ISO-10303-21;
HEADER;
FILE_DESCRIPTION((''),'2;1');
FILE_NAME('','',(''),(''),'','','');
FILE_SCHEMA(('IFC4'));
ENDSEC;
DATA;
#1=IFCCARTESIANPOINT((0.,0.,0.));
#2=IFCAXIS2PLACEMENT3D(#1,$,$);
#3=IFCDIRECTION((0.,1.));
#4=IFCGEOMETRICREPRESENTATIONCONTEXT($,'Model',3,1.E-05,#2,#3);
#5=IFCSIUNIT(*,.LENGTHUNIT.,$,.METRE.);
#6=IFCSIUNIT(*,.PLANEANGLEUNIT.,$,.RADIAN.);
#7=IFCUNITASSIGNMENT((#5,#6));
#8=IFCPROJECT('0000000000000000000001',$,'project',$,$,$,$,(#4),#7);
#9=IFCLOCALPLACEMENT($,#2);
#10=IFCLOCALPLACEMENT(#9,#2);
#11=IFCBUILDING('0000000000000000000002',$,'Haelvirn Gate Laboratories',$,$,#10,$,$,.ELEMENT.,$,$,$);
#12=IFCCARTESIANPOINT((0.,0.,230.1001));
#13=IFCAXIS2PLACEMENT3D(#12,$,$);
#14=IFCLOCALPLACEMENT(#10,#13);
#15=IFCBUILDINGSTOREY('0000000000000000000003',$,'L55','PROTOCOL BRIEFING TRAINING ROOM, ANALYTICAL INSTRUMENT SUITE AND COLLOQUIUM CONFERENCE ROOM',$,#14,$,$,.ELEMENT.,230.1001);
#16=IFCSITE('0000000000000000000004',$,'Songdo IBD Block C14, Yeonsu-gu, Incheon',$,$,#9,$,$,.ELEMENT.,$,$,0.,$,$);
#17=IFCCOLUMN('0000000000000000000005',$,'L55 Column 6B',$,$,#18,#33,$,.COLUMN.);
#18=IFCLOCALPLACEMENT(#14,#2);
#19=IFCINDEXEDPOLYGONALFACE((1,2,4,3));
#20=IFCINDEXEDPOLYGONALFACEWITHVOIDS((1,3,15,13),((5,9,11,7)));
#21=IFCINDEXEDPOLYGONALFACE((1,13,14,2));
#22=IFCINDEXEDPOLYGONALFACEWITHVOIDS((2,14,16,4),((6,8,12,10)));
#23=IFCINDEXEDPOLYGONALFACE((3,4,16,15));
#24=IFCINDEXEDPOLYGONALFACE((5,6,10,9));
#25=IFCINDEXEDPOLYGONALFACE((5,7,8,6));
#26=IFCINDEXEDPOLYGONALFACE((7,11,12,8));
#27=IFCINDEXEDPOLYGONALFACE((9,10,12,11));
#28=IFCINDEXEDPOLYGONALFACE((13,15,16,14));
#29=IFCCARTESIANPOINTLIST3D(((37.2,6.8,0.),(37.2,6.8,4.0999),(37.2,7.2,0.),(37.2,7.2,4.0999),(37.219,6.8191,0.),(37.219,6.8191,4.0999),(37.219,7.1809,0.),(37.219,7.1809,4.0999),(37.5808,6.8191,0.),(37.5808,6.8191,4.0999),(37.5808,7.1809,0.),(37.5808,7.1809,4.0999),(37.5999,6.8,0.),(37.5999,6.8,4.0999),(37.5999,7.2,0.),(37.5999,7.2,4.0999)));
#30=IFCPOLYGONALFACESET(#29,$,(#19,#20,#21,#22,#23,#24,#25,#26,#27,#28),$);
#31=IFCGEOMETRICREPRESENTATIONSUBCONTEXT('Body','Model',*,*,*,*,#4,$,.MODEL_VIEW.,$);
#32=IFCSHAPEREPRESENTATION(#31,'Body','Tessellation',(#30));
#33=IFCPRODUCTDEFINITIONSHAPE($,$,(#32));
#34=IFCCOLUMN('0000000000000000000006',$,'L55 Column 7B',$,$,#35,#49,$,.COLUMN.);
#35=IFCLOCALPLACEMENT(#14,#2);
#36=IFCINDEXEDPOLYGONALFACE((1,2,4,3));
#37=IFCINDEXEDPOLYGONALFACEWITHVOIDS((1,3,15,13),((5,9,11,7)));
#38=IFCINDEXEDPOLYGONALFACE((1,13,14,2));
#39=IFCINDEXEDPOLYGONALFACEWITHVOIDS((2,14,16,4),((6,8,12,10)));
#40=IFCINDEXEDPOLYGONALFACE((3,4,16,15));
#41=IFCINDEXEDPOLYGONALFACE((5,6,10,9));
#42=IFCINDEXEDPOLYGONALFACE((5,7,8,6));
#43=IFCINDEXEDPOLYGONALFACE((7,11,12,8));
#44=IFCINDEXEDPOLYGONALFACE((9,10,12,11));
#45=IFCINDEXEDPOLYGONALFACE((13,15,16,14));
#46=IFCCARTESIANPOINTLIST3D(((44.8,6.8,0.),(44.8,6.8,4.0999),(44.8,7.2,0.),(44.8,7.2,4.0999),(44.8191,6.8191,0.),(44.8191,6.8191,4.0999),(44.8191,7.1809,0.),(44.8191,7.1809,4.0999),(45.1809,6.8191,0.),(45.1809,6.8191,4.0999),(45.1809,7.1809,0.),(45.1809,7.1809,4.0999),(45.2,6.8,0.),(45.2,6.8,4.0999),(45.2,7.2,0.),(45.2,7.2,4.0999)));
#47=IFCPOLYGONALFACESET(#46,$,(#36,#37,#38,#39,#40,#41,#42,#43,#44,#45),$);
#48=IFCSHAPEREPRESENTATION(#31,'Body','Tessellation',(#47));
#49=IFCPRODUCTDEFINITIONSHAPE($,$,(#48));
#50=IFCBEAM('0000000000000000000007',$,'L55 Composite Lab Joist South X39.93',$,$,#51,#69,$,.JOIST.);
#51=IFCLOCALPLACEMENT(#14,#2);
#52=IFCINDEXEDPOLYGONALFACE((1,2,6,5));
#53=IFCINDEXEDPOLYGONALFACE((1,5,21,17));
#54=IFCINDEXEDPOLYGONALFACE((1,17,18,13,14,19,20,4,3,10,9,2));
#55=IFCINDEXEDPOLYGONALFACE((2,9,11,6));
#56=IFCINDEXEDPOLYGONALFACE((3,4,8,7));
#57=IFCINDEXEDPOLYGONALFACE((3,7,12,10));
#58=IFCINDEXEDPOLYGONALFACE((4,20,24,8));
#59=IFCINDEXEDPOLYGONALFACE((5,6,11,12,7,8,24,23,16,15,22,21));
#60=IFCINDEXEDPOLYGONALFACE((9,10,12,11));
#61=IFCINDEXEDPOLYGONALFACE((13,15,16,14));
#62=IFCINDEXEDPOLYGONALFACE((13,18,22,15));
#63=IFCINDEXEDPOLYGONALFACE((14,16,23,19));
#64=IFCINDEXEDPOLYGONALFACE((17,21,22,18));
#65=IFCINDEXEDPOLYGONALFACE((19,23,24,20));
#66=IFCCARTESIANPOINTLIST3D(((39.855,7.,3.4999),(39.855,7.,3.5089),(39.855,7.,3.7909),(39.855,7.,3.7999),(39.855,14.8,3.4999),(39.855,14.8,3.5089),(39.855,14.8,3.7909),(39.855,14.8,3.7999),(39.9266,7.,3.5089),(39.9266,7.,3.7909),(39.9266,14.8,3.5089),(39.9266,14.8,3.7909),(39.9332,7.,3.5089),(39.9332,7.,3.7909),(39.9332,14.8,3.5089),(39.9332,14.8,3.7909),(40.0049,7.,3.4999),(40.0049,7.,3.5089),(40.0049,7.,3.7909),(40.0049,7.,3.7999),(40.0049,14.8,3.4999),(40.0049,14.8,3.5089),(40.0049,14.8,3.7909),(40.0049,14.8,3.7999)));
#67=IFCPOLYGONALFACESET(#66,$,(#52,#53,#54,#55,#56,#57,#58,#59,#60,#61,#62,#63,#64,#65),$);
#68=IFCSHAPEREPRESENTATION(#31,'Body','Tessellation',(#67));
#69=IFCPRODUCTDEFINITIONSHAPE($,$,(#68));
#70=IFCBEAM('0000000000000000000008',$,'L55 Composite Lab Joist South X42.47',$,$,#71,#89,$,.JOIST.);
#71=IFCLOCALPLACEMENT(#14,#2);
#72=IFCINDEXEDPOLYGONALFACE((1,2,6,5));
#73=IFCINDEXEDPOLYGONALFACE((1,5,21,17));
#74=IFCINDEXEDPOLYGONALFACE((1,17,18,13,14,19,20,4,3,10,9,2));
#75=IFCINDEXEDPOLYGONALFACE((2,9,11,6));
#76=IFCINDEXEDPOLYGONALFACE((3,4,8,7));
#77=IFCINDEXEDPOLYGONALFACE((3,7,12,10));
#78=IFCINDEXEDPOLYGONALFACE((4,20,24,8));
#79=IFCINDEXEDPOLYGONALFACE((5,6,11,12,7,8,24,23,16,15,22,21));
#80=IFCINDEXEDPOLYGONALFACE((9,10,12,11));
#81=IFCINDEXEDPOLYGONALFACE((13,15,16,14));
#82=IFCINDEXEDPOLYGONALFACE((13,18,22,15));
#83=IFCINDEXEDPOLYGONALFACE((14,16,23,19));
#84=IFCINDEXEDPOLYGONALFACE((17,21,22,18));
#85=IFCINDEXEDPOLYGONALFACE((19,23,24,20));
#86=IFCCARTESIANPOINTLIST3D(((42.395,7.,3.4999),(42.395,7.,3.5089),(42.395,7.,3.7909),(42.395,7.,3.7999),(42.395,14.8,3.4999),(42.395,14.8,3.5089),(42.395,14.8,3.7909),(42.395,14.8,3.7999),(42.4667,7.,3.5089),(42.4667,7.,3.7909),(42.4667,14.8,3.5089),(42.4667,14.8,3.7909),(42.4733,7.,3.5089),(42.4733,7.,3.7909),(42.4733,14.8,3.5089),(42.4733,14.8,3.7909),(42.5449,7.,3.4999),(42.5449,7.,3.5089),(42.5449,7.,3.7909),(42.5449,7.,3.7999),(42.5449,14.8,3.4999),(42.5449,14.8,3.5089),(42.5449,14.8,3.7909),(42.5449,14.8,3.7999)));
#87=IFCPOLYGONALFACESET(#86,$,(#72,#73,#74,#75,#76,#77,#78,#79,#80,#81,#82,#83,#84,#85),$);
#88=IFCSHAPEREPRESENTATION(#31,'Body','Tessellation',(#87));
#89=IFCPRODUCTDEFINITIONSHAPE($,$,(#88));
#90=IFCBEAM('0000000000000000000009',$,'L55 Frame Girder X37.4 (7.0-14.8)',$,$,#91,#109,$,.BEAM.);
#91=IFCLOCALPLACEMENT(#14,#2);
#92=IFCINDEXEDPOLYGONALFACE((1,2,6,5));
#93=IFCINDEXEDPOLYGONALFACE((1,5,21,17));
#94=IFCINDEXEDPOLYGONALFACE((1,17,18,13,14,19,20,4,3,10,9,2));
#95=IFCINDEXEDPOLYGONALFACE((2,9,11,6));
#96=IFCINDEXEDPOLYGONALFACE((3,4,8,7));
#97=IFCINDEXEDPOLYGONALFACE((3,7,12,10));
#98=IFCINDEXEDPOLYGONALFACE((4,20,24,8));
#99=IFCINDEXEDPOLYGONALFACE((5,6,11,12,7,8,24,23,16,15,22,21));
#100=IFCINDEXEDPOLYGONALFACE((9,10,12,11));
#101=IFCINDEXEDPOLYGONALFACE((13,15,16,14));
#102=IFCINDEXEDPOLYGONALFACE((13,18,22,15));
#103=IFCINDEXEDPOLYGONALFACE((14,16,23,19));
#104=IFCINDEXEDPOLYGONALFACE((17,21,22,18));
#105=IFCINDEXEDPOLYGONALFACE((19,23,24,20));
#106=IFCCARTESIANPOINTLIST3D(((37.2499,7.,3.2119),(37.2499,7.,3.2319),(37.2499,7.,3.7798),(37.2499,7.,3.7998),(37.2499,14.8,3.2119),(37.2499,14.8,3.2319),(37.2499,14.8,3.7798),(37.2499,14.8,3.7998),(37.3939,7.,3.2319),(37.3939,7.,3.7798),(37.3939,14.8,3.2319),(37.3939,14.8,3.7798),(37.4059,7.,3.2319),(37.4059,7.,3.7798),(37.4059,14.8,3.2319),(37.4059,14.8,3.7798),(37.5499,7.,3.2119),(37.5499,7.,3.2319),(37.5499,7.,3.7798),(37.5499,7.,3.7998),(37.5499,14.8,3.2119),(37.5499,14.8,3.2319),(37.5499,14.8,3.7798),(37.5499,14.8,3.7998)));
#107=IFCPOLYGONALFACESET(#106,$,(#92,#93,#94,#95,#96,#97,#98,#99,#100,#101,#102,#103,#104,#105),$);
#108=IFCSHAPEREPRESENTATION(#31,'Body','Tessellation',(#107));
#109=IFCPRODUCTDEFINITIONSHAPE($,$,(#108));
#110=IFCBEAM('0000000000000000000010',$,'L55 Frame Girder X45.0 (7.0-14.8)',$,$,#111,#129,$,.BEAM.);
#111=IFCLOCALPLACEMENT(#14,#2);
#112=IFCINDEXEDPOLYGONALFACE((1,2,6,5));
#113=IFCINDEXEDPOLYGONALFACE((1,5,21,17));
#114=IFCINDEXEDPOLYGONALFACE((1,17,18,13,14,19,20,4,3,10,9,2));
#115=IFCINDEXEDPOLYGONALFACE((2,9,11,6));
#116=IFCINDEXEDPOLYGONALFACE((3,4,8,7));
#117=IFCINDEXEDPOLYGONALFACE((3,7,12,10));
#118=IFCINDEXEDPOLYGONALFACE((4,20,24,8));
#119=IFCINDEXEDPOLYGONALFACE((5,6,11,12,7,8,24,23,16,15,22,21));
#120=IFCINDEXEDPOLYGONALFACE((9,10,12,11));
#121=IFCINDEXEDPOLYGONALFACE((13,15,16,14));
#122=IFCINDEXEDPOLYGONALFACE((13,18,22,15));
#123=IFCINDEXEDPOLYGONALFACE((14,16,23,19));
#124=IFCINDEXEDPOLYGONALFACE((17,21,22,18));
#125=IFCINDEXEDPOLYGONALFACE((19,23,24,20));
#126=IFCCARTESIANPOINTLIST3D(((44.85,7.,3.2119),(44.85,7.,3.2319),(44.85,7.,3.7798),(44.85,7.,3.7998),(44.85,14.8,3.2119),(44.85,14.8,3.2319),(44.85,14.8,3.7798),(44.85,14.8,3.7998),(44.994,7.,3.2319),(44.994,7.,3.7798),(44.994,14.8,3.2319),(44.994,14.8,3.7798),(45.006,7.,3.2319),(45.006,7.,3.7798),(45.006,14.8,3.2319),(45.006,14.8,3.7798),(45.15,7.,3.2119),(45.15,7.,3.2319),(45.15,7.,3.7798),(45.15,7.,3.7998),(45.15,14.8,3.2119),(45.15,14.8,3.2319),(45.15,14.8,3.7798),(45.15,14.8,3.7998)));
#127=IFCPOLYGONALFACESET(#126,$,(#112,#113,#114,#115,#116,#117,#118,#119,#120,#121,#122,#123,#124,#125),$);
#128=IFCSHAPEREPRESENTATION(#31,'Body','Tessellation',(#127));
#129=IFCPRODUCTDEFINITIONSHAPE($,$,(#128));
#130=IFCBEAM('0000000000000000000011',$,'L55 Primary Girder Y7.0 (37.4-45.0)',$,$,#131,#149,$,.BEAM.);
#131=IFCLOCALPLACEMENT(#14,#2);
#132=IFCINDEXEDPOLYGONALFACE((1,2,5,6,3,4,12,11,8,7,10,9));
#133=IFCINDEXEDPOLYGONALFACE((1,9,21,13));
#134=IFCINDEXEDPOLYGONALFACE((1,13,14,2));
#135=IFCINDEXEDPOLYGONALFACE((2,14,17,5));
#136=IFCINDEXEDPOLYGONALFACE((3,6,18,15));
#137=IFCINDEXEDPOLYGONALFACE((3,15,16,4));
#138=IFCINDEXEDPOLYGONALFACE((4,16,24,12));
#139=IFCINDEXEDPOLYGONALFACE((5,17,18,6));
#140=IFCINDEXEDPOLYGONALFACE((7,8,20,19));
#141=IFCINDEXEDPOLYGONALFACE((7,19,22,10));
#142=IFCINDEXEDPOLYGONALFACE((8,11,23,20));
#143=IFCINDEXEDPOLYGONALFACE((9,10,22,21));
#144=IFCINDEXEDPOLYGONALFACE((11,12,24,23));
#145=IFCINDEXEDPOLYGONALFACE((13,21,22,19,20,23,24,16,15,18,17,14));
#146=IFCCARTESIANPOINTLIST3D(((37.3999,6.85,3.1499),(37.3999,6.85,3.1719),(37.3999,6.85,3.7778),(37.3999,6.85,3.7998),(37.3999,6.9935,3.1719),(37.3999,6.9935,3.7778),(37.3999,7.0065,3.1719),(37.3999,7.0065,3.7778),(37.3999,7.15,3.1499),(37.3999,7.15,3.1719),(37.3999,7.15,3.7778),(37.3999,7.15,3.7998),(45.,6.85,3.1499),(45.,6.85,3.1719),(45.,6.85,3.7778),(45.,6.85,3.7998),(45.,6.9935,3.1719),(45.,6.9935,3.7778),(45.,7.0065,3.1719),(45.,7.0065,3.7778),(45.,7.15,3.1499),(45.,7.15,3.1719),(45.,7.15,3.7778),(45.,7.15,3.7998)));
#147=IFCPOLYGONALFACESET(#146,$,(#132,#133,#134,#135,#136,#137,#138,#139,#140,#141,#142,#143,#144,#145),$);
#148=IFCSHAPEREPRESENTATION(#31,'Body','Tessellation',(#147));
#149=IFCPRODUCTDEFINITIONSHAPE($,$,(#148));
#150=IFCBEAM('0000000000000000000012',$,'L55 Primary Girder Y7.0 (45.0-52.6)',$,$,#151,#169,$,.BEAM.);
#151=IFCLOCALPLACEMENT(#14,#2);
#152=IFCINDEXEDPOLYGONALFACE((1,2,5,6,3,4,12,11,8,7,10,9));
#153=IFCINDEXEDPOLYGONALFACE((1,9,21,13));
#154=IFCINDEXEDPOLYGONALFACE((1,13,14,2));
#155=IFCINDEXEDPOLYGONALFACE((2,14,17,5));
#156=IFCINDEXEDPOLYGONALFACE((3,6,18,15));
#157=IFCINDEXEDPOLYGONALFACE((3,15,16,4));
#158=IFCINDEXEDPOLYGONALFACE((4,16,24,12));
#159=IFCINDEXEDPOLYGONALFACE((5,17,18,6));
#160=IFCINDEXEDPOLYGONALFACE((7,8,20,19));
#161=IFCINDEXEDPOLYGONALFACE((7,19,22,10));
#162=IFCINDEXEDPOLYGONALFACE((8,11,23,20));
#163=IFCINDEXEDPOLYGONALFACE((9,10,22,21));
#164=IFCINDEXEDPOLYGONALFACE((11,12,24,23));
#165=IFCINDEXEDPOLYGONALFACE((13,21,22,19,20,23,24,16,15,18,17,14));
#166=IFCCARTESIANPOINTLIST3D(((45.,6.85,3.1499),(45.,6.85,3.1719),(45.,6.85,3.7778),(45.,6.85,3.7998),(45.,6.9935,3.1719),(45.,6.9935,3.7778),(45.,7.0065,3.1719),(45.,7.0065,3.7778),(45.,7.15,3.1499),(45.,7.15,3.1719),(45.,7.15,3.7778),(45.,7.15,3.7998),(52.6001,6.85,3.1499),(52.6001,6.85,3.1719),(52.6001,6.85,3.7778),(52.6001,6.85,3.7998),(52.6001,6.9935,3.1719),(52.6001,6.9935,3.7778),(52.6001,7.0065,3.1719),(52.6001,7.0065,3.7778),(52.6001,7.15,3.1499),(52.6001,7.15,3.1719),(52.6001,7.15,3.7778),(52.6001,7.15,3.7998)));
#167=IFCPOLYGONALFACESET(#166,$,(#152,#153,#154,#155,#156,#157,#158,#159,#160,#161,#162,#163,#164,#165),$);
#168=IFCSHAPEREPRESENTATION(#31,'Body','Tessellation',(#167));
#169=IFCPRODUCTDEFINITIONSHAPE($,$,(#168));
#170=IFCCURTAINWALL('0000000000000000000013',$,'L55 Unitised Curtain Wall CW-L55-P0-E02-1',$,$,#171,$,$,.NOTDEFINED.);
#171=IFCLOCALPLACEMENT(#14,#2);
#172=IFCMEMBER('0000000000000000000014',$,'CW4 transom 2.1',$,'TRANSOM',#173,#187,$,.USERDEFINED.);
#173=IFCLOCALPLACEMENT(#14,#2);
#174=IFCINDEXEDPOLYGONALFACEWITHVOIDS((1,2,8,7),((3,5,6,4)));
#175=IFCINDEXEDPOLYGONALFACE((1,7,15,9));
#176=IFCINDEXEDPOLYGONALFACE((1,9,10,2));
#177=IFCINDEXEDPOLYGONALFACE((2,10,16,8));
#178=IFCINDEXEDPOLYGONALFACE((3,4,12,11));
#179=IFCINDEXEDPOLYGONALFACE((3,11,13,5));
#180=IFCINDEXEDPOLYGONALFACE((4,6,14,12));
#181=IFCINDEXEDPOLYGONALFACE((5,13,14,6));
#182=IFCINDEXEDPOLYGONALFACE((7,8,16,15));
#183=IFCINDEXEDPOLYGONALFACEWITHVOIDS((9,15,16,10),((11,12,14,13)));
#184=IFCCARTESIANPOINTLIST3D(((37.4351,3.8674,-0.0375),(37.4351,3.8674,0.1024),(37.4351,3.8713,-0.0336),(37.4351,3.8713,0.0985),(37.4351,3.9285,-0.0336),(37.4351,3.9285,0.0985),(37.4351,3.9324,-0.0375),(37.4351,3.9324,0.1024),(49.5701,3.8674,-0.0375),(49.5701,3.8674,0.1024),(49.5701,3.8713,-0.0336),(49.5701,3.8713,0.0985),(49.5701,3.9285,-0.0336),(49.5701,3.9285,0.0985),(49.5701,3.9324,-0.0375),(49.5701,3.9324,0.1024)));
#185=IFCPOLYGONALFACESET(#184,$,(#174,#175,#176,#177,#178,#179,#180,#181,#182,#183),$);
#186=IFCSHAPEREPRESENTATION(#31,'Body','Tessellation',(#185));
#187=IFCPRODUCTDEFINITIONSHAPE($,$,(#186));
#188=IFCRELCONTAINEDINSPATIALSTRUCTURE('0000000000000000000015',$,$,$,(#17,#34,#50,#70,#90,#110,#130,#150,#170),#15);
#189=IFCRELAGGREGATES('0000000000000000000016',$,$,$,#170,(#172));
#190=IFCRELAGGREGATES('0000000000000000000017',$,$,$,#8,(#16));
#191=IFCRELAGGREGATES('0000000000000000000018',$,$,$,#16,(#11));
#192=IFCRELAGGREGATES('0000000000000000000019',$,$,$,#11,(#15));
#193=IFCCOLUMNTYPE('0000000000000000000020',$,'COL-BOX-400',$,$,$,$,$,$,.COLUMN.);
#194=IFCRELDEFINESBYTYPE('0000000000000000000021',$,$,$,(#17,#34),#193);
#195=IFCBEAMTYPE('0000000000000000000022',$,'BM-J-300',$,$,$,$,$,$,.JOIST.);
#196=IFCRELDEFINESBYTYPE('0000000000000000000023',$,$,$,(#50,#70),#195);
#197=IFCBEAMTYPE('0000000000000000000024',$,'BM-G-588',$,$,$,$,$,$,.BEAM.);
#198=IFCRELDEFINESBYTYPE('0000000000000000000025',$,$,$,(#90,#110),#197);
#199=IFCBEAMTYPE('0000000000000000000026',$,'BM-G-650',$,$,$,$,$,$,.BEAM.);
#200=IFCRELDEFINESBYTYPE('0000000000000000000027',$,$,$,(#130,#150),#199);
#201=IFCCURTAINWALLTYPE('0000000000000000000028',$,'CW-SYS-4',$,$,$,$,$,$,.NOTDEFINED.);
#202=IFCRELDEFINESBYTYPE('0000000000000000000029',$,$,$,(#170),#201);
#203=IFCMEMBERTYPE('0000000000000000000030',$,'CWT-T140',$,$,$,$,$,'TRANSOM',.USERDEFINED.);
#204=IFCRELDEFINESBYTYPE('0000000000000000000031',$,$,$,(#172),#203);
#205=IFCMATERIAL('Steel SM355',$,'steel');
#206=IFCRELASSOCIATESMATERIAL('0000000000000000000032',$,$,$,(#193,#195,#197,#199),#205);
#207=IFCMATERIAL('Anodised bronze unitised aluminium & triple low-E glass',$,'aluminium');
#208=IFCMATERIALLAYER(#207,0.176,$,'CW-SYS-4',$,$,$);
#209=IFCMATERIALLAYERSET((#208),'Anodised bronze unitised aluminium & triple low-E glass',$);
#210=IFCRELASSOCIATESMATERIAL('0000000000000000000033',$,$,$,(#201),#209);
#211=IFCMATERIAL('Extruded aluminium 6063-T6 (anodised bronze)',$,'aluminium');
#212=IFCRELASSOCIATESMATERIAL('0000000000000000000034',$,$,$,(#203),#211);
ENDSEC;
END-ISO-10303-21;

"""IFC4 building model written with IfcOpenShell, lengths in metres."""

from ifc_helpers import new_model, si_unit, direction, frame, origin, origin_2d, place, context, subcontext, project, spatial, hollow_rectangle, i_section, extrude, source, transform, mapped, material, layer, layer_set, material_profile, profile_set, type_object, type_shapes, element, aggregate, save


model = new_model("IFC4")

# Units and contexts
model_context = context("Model", 3, precision=1e-05, world=origin(), true_north=direction((0.0, 1.0)))
body_context = subcontext(model_context, "Body", "Model", "MODEL_VIEW")
ifc_project = project(units=[si_unit("LENGTHUNIT", "METRE"), si_unit("PLANEANGLEUNIT", "RADIAN")], contexts=[model_context])

# Site, building, storey
site_placement = place(None, origin())
site = spatial("IfcSite", under=ifc_project, at=site_placement, Name="Songdo IBD Block C14, Yeonsu-gu, Incheon", CompositionType="ELEMENT", RefElevation=0.0)
building_placement = place(site_placement, origin())
building = spatial("IfcBuilding", under=site, at=building_placement, Name="Haelvirn Gate Laboratories", CompositionType="ELEMENT")
storey_placement = place(building_placement, frame((0.0, 0.0, 230.1001)))
storey = spatial("IfcBuildingStorey", under=building, at=storey_placement, Name="L55", Description="PROTOCOL BRIEFING TRAINING ROOM, ANALYTICAL INSTRUMENT SUITE AND COLLOQUIUM CONFERENCE ROOM", CompositionType="ELEMENT", Elevation=230.1001)

# Columns
ifc_material_1 = material(Name="Steel SM355", Category="steel")
ifc_material_profile_1 = material_profile(ifc_material_1, hollow_rectangle(XDim=0.3999, YDim=0.3999, WallThickness=0.019, at=origin_2d()), Name="BOX-400x400x19")
ifc_profile_set_1 = profile_set([ifc_material_profile_1], Name="Steel SM355")
column_type = type_object("IfcColumnType", Name="COL-BOX-400", PredefinedType="COLUMN", material=ifc_profile_set_1)
shared_shape_1 = source(origin(), body_context, "Body", "SweptSolid", [
    extrude(hollow_rectangle(XDim=0.3999, YDim=0.3999, WallThickness=0.019, at=origin_2d()), origin(), (0.0, 0.0, 1.0), 4.0999),
])
type_shapes(column_type, [shared_shape_1])
for number, where, z_axis, x_axis, name in (
    (1, (37.3999, 7.0, 0.0), (0.0, 0.0, 1.0), (1.0, 0.0, 0.0), "L55 Column 6B"),
    (2, (45.0, 7.0, 0.0), (0.0, 0.0, 1.0), (1.0, 0.0, 0.0), "L55 Column 7B"),
):
    element("IfcColumn", number, at=place(storey_placement, frame(where, z_axis=z_axis, x_axis=x_axis)), inside=storey, type_object=column_type, Name=name, PredefinedType="COLUMN", context=body_context, shape_type="MappedRepresentation", body=[
        mapped(shared_shape_1, transform((0.0, 0.0, 0.0), scale=1.0)),
    ])

# Beams
ifc_material_profile_2 = material_profile(ifc_material_1, i_section(OverallWidth=0.1499, OverallDepth=0.3, WebThickness=0.0066, FlangeThickness=0.009, at=origin_2d()), Name="H-300x150x6.5x9")
ifc_profile_set_2 = profile_set([ifc_material_profile_2], Name="Steel SM355")
beam_type_1 = type_object("IfcBeamType", Name="BM-J-300", PredefinedType="JOIST", material=ifc_profile_set_2)
shared_shape_2 = source(origin(), body_context, "Body", "SweptSolid", [
    extrude(i_section(OverallWidth=0.1499, OverallDepth=0.3, WebThickness=0.0066, FlangeThickness=0.009, at=origin_2d()), origin(), (0.0, 0.0, 1.0), 7.8),
])
type_shapes(beam_type_1, [shared_shape_2])
for number, where, z_axis, x_axis, name in (
    (3, (39.9299, 7.0, 3.6499), (0.0, 1.0, 0.0), (-1.0, 0.0, 0.0), "L55 Composite Lab Joist South X39.93"),
    (4, (42.47, 7.0, 3.6499), (0.0, 1.0, 0.0), (-1.0, 0.0, 0.0), "L55 Composite Lab Joist South X42.47"),
):
    element("IfcBeam", number, at=place(storey_placement, frame(where, z_axis=z_axis, x_axis=x_axis)), inside=storey, type_object=beam_type_1, Name=name, PredefinedType="JOIST", context=body_context, shape_type="MappedRepresentation", body=[
        mapped(shared_shape_2, transform((0.0, 0.0, 0.0), scale=1.0)),
    ])
ifc_material_profile_3 = material_profile(ifc_material_1, i_section(OverallWidth=0.3, OverallDepth=0.5879, WebThickness=0.012, FlangeThickness=0.02, at=origin_2d()), Name="H-588x300x12x20")
ifc_profile_set_3 = profile_set([ifc_material_profile_3], Name="Steel SM355")
beam_type_2 = type_object("IfcBeamType", Name="BM-G-588", PredefinedType="BEAM", material=ifc_profile_set_3)
shared_shape_3 = source(origin(), body_context, "Body", "SweptSolid", [
    extrude(i_section(OverallWidth=0.3, OverallDepth=0.5879, WebThickness=0.012, FlangeThickness=0.02, at=origin_2d()), origin(), (0.0, 0.0, 1.0), 7.8),
])
type_shapes(beam_type_2, [shared_shape_3])
for number, where, z_axis, x_axis, name in (
    (5, (37.3999, 7.0, 3.5059), (0.0, 1.0, 0.0), (-1.0, 0.0, 0.0), "L55 Frame Girder X37.4 (7.0-14.8)"),
    (6, (45.0, 7.0, 3.5059), (0.0, 1.0, 0.0), (-1.0, 0.0, 0.0), "L55 Frame Girder X45.0 (7.0-14.8)"),
):
    element("IfcBeam", number, at=place(storey_placement, frame(where, z_axis=z_axis, x_axis=x_axis)), inside=storey, type_object=beam_type_2, Name=name, PredefinedType="BEAM", context=body_context, shape_type="MappedRepresentation", body=[
        mapped(shared_shape_3, transform((0.0, 0.0, 0.0), scale=1.0)),
    ])
ifc_material_profile_4 = material_profile(ifc_material_1, i_section(OverallWidth=0.3, OverallDepth=0.6499, WebThickness=0.0129, FlangeThickness=0.022, at=origin_2d()), Name="H-650x300x13x22")
ifc_profile_set_4 = profile_set([ifc_material_profile_4], Name="Steel SM355")
beam_type_3 = type_object("IfcBeamType", Name="BM-G-650", PredefinedType="BEAM", material=ifc_profile_set_4)
shared_shape_4 = source(origin(), body_context, "Body", "SweptSolid", [
    extrude(i_section(OverallWidth=0.3, OverallDepth=0.6499, WebThickness=0.0129, FlangeThickness=0.022, at=origin_2d()), origin(), (0.0, 0.0, 1.0), 7.6001),
])
type_shapes(beam_type_3, [shared_shape_4])
for number, where, z_axis, x_axis, name in (
    (7, (37.3999, 7.0, 3.4749), (1.0, 0.0, 0.0), (0.0, 1.0, 0.0), "L55 Primary Girder Y7.0 (37.4-45.0)"),
    (8, (45.0, 7.0, 3.4749), (1.0, 0.0, 0.0), (0.0, 1.0, 0.0), "L55 Primary Girder Y7.0 (45.0-52.6)"),
):
    element("IfcBeam", number, at=place(storey_placement, frame(where, z_axis=z_axis, x_axis=x_axis)), inside=storey, type_object=beam_type_3, Name=name, PredefinedType="BEAM", context=body_context, shape_type="MappedRepresentation", body=[
        mapped(shared_shape_4, transform((0.0, 0.0, 0.0), scale=1.0)),
    ])

# Curtain wall, member
ifc_material_2 = material(Name="Anodised bronze unitised aluminium & triple low-E glass", Category="aluminium")
ifc_layer_1 = layer(ifc_material_2, 0.176, Name="CW-SYS-4")
ifc_layer_set_1 = layer_set([ifc_layer_1], Name="Anodised bronze unitised aluminium & triple low-E glass")
curtain_wall_type = type_object("IfcCurtainWallType", Name="CW-SYS-4", PredefinedType="NOTDEFINED", material=ifc_layer_set_1)
curtain_wall_1_placement = place(storey_placement, origin())
curtain_wall_1 = element("IfcCurtainWall", 9, at=curtain_wall_1_placement, inside=storey, type_object=curtain_wall_type, Name="L55 Unitised Curtain Wall CW-L55-P0-E02-1", PredefinedType="NOTDEFINED")
ifc_material_3 = material(Name="Extruded aluminium 6063-T6 (anodised bronze)", Category="aluminium")
ifc_material_profile_5 = material_profile(ifc_material_3, hollow_rectangle(XDim=0.0649, YDim=0.1399, WallThickness=0.0039, at=origin_2d()), Name="CWT-140x65x4")
ifc_profile_set_5 = profile_set([ifc_material_profile_5], Name="Extruded aluminium 6063-T6 (anodised bronze)")
member_type_1 = type_object("IfcMemberType", Name="CWT-T140", ElementType="TRANSOM", PredefinedType="USERDEFINED", material=ifc_profile_set_5)
shared_shape_5 = source(origin(), body_context, "Body", "SweptSolid", [
    extrude(hollow_rectangle(XDim=0.0649, YDim=0.1399, WallThickness=0.0039, at=origin_2d()), origin(), (0.0, 0.0, 1.0), 12.135),
])
member_1_placement = place(storey_placement, frame((37.4351, 3.8999, 0.0325), z_axis=(1.0, 0.0, 0.0), x_axis=(0.0, 1.0, 0.0)))
member_1 = element("IfcMember", 10, at=member_1_placement, type_object=member_type_1, Name="CW4 transom 2.1", ObjectType="TRANSOM", PredefinedType="USERDEFINED", context=body_context, shape_type="MappedRepresentation", body=[
    mapped(shared_shape_5, transform((0.0, 0.0, 0.0), scale=1.0)),
])

aggregate(curtain_wall_1, [member_1])

save(model, "model.ifc")
